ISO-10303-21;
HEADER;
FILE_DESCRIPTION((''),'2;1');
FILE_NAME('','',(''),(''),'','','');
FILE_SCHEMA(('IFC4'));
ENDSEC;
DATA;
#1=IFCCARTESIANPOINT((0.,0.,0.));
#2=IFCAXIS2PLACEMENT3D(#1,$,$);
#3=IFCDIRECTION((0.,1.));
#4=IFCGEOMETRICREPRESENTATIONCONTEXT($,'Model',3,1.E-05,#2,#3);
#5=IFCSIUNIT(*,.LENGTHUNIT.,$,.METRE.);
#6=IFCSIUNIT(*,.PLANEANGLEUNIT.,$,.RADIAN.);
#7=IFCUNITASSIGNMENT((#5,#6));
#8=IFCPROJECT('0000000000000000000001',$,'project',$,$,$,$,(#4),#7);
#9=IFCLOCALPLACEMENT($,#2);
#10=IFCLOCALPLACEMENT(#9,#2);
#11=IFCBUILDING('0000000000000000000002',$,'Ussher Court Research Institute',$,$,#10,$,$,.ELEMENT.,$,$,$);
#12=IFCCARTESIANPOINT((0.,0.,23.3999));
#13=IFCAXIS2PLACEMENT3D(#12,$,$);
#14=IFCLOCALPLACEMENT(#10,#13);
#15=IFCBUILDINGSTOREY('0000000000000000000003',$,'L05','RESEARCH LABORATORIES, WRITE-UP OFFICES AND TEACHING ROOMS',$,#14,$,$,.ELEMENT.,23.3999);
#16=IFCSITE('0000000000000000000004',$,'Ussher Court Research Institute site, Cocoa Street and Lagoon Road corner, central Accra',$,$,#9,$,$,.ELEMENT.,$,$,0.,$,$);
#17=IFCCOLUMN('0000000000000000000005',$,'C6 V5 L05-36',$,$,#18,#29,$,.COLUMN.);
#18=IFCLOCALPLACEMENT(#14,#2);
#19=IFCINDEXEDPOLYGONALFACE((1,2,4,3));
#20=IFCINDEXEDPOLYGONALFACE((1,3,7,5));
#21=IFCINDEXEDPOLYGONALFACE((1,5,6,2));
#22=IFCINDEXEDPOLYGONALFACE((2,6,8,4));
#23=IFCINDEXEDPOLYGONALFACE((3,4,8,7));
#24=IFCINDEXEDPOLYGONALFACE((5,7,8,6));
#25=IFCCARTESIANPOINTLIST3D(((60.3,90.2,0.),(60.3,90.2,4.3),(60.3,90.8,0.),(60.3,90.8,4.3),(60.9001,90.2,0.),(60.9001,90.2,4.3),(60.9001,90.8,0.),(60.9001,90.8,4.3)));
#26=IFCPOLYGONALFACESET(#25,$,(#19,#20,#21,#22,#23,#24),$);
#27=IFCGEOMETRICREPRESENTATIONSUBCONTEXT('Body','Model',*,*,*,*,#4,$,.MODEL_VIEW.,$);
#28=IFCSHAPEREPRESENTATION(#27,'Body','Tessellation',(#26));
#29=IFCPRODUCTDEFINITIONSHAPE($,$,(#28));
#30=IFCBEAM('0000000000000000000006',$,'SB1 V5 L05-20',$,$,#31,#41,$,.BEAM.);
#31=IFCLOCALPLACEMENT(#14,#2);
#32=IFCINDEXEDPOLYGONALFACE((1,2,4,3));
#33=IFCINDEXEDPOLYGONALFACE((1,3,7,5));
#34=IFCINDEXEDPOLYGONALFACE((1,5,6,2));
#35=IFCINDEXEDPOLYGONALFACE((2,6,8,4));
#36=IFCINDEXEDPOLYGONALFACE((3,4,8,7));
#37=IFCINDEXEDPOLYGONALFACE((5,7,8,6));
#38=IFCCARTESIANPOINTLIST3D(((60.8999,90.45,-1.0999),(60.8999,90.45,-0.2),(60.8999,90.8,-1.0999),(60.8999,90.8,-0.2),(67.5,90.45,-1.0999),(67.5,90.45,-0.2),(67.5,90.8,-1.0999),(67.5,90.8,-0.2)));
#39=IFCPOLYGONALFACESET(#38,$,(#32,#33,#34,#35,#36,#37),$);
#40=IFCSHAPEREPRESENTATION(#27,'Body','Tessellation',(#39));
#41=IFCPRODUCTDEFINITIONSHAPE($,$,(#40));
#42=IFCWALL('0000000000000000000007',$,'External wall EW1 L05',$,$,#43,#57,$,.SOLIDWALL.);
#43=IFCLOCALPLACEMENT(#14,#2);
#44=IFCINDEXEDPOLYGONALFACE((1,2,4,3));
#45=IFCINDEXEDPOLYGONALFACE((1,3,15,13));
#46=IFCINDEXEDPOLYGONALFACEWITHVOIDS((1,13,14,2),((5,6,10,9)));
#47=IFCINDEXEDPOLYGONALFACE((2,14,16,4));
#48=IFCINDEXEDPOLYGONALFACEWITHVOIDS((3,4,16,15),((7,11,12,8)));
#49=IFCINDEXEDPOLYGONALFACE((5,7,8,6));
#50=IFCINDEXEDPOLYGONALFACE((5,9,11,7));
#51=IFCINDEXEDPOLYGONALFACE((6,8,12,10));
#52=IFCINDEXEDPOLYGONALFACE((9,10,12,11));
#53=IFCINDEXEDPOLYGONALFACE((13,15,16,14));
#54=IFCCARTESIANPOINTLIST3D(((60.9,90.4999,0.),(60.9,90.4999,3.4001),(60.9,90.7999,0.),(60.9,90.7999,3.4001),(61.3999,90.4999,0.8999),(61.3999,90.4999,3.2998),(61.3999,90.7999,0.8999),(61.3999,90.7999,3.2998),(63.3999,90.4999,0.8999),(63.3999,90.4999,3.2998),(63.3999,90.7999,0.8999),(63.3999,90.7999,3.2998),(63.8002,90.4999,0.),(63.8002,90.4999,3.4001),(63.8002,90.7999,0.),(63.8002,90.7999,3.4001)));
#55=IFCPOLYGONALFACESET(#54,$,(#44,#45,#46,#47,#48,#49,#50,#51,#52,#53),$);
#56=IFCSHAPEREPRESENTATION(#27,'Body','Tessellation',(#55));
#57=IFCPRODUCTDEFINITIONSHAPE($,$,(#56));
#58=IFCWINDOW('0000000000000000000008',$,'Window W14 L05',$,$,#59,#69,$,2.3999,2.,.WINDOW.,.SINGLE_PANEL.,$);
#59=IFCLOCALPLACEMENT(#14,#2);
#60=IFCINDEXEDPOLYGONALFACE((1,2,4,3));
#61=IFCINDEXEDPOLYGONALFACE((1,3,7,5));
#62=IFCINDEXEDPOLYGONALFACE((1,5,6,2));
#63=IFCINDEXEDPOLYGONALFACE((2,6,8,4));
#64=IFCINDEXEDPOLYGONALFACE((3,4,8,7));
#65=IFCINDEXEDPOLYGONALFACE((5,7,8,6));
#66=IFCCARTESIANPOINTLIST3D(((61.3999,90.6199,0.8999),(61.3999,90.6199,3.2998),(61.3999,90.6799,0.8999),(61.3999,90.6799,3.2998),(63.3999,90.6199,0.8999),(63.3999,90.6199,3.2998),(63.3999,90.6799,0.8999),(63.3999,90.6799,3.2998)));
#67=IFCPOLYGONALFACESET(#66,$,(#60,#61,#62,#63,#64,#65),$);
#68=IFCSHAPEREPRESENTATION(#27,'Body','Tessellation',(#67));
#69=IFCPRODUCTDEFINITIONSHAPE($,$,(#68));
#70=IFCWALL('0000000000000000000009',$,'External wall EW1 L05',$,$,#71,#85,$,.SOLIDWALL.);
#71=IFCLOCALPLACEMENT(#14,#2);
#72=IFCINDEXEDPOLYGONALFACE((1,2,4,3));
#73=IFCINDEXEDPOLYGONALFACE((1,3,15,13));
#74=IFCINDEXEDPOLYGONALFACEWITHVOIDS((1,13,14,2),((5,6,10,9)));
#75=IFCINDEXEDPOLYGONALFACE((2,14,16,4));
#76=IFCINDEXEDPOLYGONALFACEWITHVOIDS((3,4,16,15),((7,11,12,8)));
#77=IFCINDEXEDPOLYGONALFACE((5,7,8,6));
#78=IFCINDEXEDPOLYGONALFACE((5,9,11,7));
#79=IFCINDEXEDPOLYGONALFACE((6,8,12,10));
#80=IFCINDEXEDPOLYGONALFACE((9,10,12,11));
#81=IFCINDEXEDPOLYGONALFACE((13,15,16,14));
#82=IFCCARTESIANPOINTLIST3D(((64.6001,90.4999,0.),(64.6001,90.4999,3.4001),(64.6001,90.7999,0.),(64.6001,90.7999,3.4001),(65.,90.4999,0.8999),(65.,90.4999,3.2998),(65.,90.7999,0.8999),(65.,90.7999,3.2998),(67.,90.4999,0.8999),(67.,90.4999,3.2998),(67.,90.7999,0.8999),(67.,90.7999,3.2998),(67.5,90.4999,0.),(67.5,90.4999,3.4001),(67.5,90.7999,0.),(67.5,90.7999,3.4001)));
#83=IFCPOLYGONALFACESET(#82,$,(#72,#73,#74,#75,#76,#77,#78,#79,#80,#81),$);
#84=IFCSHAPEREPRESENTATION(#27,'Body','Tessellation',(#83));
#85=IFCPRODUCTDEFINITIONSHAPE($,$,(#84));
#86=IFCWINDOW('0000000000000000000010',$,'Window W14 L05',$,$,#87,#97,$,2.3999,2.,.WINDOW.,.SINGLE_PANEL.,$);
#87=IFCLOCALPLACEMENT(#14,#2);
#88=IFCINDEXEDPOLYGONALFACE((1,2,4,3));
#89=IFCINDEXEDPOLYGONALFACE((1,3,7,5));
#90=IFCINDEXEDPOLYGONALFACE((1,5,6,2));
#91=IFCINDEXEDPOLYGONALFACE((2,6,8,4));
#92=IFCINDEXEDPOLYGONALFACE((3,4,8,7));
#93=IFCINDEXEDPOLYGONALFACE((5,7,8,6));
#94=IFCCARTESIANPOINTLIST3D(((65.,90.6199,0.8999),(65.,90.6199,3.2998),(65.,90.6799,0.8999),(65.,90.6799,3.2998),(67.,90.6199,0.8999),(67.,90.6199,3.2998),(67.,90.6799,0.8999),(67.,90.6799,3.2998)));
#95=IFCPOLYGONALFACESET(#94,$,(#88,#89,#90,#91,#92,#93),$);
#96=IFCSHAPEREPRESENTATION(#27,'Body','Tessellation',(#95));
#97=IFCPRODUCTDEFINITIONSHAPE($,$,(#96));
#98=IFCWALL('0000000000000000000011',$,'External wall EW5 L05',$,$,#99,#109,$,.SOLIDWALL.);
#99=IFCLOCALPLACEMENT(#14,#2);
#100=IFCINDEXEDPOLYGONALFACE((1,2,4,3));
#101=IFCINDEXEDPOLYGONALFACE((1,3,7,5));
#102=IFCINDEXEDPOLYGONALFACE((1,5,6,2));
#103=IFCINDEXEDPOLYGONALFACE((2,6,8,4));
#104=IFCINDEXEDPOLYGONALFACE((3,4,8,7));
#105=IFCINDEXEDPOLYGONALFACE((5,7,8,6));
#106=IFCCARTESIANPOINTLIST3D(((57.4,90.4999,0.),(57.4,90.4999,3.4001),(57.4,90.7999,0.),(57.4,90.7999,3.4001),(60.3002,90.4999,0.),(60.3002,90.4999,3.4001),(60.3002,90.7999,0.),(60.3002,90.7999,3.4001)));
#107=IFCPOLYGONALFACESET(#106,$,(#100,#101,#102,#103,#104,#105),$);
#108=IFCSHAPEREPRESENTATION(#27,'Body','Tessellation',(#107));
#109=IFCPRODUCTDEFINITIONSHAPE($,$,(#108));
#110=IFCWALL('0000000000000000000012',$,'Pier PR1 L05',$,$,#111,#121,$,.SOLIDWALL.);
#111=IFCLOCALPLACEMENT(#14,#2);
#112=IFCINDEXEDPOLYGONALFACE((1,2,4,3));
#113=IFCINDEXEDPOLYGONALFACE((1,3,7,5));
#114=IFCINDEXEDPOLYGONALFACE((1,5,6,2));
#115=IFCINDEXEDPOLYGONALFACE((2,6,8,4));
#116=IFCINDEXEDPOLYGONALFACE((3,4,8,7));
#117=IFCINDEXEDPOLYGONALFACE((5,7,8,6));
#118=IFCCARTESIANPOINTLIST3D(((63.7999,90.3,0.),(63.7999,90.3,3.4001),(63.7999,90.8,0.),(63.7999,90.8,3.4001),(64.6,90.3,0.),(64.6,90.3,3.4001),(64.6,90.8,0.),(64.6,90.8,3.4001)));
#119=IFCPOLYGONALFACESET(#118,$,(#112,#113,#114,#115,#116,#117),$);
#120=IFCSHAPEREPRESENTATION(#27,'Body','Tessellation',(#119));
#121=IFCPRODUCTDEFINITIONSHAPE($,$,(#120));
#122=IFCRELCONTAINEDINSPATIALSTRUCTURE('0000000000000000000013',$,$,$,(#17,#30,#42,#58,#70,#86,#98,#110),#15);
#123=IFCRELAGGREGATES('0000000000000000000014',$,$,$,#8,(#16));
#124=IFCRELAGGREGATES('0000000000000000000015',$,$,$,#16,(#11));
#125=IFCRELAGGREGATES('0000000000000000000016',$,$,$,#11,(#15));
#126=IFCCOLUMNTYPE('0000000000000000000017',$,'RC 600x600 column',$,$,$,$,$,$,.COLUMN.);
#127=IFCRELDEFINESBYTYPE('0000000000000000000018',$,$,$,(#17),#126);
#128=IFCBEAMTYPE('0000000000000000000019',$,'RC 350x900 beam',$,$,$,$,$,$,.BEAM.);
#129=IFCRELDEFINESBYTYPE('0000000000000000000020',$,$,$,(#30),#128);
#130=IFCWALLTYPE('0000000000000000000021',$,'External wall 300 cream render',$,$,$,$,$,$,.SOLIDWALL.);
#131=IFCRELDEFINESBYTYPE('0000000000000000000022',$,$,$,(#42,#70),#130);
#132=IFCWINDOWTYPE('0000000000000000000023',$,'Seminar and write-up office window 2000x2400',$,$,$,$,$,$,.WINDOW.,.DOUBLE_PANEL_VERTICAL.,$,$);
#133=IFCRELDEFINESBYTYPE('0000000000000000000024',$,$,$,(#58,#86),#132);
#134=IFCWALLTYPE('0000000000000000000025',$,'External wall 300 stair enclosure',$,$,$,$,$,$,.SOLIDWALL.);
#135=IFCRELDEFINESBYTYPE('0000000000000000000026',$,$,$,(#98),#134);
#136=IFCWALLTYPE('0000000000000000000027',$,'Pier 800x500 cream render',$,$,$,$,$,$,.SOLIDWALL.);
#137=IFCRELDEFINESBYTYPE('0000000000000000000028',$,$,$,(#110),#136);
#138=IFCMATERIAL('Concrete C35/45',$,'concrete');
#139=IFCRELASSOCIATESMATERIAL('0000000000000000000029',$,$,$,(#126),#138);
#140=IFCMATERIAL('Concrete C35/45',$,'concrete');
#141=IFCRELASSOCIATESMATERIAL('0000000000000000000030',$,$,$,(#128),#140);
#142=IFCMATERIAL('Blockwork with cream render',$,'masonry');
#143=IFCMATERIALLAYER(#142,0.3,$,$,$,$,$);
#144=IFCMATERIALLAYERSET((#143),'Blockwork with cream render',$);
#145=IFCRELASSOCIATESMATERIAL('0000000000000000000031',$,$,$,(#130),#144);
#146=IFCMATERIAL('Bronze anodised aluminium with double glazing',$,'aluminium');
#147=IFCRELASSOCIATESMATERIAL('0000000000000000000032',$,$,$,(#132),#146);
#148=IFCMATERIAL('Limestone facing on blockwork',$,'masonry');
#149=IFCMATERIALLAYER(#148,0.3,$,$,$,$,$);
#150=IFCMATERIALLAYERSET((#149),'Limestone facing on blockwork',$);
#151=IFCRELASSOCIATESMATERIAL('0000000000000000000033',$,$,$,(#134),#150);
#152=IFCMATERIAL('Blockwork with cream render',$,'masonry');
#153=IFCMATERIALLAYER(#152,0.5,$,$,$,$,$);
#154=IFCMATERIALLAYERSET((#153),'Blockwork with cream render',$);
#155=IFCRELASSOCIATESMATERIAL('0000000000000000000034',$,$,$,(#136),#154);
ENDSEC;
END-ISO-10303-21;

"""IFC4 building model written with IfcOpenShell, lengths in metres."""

from ifc_helpers import new_model, si_unit, direction, frame, frame_2d, origin, origin_2d, place, context, subcontext, project, spatial, rectangle, extrude, material, layer, layer_set, material_profile, profile_set, type_object, element, fill, save


model = new_model("IFC4")

# Units and contexts
model_context = context("Model", 3, precision=1e-05, world=origin(), true_north=direction((0.0, 1.0)))
body_context = subcontext(model_context, "Body", "Model", "MODEL_VIEW")
ifc_project = project(units=[si_unit("LENGTHUNIT", "METRE"), si_unit("PLANEANGLEUNIT", "RADIAN")], contexts=[model_context])

# Site, building, storey
site_placement = place(None, origin())
site = spatial("IfcSite", under=ifc_project, at=site_placement, Name="Ussher Court Research Institute site, Cocoa Street and Lagoon Road corner, central Accra", CompositionType="ELEMENT", RefElevation=0.0)
building_placement = place(site_placement, origin())
building = spatial("IfcBuilding", under=site, at=building_placement, Name="Ussher Court Research Institute", CompositionType="ELEMENT")
storey_placement = place(building_placement, frame((0.0, 0.0, 23.3999)))
storey = spatial("IfcBuildingStorey", under=building, at=storey_placement, Name="L05", Description="RESEARCH LABORATORIES, WRITE-UP OFFICES AND TEACHING ROOMS", CompositionType="ELEMENT", Elevation=23.3999)

# Column
ifc_material_1 = material(Name="Concrete C35/45", Category="concrete")
ifc_material_profile_1 = material_profile(ifc_material_1, rectangle(XDim=0.6001, YDim=0.6001, at=origin_2d()), Name="RC 600x600")
ifc_profile_set_1 = profile_set([ifc_material_profile_1], Name="Concrete C35/45")
column_type = type_object("IfcColumnType", Name="RC 600x600 column", PredefinedType="COLUMN", material=ifc_profile_set_1)
column_placement = place(storey_placement, frame((60.6001, 90.5, 0.0), z_axis=(0.0, 0.0, 1.0), x_axis=(1.0, 0.0, 0.0)))
element("IfcColumn", 1, at=column_placement, inside=storey, type_object=column_type, Name="C6 V5 L05-36", PredefinedType="COLUMN", context=body_context, shape_type="SweptSolid", body=[
    extrude(rectangle(XDim=0.6001, YDim=0.6001, at=origin_2d()), origin(), (0.0, 0.0, 1.0), 4.3),
])

# Beam
ifc_material_2 = material(Name="Concrete C35/45", Category="concrete")
ifc_material_profile_2 = material_profile(ifc_material_2, rectangle(XDim=0.3501, YDim=0.8999, at=origin_2d()), Name="RC 350x900")
ifc_profile_set_2 = profile_set([ifc_material_profile_2], Name="Concrete C35/45")
beam_type = type_object("IfcBeamType", Name="RC 350x900 beam", PredefinedType="BEAM", material=ifc_profile_set_2)
beam_placement = place(storey_placement, frame((60.8999, 90.625, -0.6499), z_axis=(1.0, 0.0, 0.0), x_axis=(0.0, 1.0, 0.0)))
element("IfcBeam", 2, at=beam_placement, inside=storey, type_object=beam_type, Name="SB1 V5 L05-20", PredefinedType="BEAM", context=body_context, shape_type="SweptSolid", body=[
    extrude(rectangle(XDim=0.3501, YDim=0.8999, at=origin_2d()), origin(), (0.0, 0.0, 1.0), 6.6001),
])

# Walls, openings, windows
ifc_material_3 = material(Name="Blockwork with cream render", Category="masonry")
ifc_layer_1 = layer(ifc_material_3, 0.3)
ifc_layer_set_1 = layer_set([ifc_layer_1], Name="Blockwork with cream render")
wall_type_1 = type_object("IfcWallType", Name="External wall 300 cream render", PredefinedType="SOLIDWALL", material=ifc_layer_set_1)
wall_1_placement = place(storey_placement, frame((60.8999, 90.6499, 0.0), z_axis=(0.0, 0.0, 1.0), x_axis=(1.0, 0.0, 0.0)))
wall_1 = element("IfcWall", 3, at=wall_1_placement, inside=storey, type_object=wall_type_1, Name="External wall EW1 L05", PredefinedType="SOLIDWALL", context=body_context, shape_type="SweptSolid", body=[
    extrude(rectangle(XDim=2.9001, YDim=0.3, at=frame_2d((1.4502, 0.0))), origin(), (0.0, 0.0, 1.0), 3.4001),
])
opening_1_placement = place(wall_1_placement, frame((0.5, 0.0, 0.8999)))
opening_1 = element("IfcOpeningElement", 4, at=opening_1_placement, cuts=wall_1, PredefinedType="OPENING", context=body_context, shape_type="SweptSolid", body=[
    extrude(rectangle(XDim=2.0, YDim=2.3999, at=frame_2d((1.0, 1.2))), frame((0.0, 0.1602, 0.0), z_axis=(0.0, -1.0, 0.0), x_axis=(1.0, 0.0, 0.0)), (0.0, 0.0, 1.0), 0.3201),
])
ifc_material_4 = material(Name="Bronze anodised aluminium with double glazing", Category="aluminium")
window_type = type_object("IfcWindowType", Name="Seminar and write-up office window 2000x2400", PartitioningType="DOUBLE_PANEL_VERTICAL", PredefinedType="WINDOW", material=ifc_material_4)
window_1_placement = place(opening_1_placement, origin())
window_1 = element("IfcWindow", 5, at=window_1_placement, inside=storey, type_object=window_type, Name="Window W14 L05", OverallHeight=2.3999, OverallWidth=2.0, PartitioningType="SINGLE_PANEL", PredefinedType="WINDOW", context=body_context, shape_type="SweptSolid", body=[
    extrude(rectangle(XDim=2.0, YDim=2.3999, at=frame_2d((1.0, 1.2))), frame((0.0, 0.03, 0.0), z_axis=(0.0, -1.0, 0.0), x_axis=(1.0, 0.0, 0.0)), (0.0, 0.0, 1.0), 0.0601),
])
fill(opening_1, window_1)
wall_2_placement = place(storey_placement, frame((64.6001, 90.6499, 0.0), z_axis=(0.0, 0.0, 1.0), x_axis=(1.0, 0.0, 0.0)))
wall_2 = element("IfcWall", 6, at=wall_2_placement, inside=storey, type_object=wall_type_1, Name="External wall EW1 L05", PredefinedType="SOLIDWALL", context=body_context, shape_type="SweptSolid", body=[
    extrude(rectangle(XDim=2.8999, YDim=0.3, at=frame_2d((1.45, 0.0))), origin(), (0.0, 0.0, 1.0), 3.4001),
])
opening_2_placement = place(wall_2_placement, frame((0.3999, 0.0, 0.8999)))
opening_2 = element("IfcOpeningElement", 7, at=opening_2_placement, cuts=wall_2, PredefinedType="OPENING", context=body_context, shape_type="SweptSolid", body=[
    extrude(rectangle(XDim=2.0, YDim=2.3999, at=frame_2d((1.0, 1.2))), frame((0.0, 0.1602, 0.0), z_axis=(0.0, -1.0, 0.0), x_axis=(1.0, 0.0, 0.0)), (0.0, 0.0, 1.0), 0.3201),
])
window_2_placement = place(opening_2_placement, origin())
window_2 = element("IfcWindow", 8, at=window_2_placement, inside=storey, type_object=window_type, Name="Window W14 L05", OverallHeight=2.3999, OverallWidth=2.0, PartitioningType="SINGLE_PANEL", PredefinedType="WINDOW", context=body_context, shape_type="SweptSolid", body=[
    extrude(rectangle(XDim=2.0, YDim=2.3999, at=frame_2d((1.0, 1.2))), frame((0.0, 0.03, 0.0), z_axis=(0.0, -1.0, 0.0), x_axis=(1.0, 0.0, 0.0)), (0.0, 0.0, 1.0), 0.0601),
])
fill(opening_2, window_2)

# Walls
ifc_material_5 = material(Name="Limestone facing on blockwork", Category="masonry")
ifc_layer_2 = layer(ifc_material_5, 0.3)
ifc_layer_set_2 = layer_set([ifc_layer_2], Name="Limestone facing on blockwork")
wall_type_2 = type_object("IfcWallType", Name="External wall 300 stair enclosure", PredefinedType="SOLIDWALL", material=ifc_layer_set_2)
wall_3_placement = place(storey_placement, frame((57.3999, 90.6499, 0.0), z_axis=(0.0, 0.0, 1.0), x_axis=(1.0, 0.0, 0.0)))
element("IfcWall", 9, at=wall_3_placement, inside=storey, type_object=wall_type_2, Name="External wall EW5 L05", PredefinedType="SOLIDWALL", context=body_context, shape_type="SweptSolid", body=[
    extrude(rectangle(XDim=2.9001, YDim=0.3, at=frame_2d((1.4502, 0.0))), origin(), (0.0, 0.0, 1.0), 3.4001),
])
ifc_material_6 = material(Name="Blockwork with cream render", Category="masonry")
ifc_layer_3 = layer(ifc_material_6, 0.5)
ifc_layer_set_3 = layer_set([ifc_layer_3], Name="Blockwork with cream render")
wall_type_3 = type_object("IfcWallType", Name="Pier 800x500 cream render", PredefinedType="SOLIDWALL", material=ifc_layer_set_3)
wall_4_placement = place(storey_placement, frame((63.8, 90.55, 0.0), z_axis=(0.0, 0.0, 1.0), x_axis=(1.0, 0.0, 0.0)))
element("IfcWall", 10, at=wall_4_placement, inside=storey, type_object=wall_type_3, Name="Pier PR1 L05", PredefinedType="SOLIDWALL", context=body_context, shape_type="SweptSolid", body=[
    extrude(rectangle(XDim=0.8, YDim=0.5, at=frame_2d((0.3999, 0.0))), origin(), (0.0, 0.0, 1.0), 3.4001),
])

save(model, "model.ifc")
